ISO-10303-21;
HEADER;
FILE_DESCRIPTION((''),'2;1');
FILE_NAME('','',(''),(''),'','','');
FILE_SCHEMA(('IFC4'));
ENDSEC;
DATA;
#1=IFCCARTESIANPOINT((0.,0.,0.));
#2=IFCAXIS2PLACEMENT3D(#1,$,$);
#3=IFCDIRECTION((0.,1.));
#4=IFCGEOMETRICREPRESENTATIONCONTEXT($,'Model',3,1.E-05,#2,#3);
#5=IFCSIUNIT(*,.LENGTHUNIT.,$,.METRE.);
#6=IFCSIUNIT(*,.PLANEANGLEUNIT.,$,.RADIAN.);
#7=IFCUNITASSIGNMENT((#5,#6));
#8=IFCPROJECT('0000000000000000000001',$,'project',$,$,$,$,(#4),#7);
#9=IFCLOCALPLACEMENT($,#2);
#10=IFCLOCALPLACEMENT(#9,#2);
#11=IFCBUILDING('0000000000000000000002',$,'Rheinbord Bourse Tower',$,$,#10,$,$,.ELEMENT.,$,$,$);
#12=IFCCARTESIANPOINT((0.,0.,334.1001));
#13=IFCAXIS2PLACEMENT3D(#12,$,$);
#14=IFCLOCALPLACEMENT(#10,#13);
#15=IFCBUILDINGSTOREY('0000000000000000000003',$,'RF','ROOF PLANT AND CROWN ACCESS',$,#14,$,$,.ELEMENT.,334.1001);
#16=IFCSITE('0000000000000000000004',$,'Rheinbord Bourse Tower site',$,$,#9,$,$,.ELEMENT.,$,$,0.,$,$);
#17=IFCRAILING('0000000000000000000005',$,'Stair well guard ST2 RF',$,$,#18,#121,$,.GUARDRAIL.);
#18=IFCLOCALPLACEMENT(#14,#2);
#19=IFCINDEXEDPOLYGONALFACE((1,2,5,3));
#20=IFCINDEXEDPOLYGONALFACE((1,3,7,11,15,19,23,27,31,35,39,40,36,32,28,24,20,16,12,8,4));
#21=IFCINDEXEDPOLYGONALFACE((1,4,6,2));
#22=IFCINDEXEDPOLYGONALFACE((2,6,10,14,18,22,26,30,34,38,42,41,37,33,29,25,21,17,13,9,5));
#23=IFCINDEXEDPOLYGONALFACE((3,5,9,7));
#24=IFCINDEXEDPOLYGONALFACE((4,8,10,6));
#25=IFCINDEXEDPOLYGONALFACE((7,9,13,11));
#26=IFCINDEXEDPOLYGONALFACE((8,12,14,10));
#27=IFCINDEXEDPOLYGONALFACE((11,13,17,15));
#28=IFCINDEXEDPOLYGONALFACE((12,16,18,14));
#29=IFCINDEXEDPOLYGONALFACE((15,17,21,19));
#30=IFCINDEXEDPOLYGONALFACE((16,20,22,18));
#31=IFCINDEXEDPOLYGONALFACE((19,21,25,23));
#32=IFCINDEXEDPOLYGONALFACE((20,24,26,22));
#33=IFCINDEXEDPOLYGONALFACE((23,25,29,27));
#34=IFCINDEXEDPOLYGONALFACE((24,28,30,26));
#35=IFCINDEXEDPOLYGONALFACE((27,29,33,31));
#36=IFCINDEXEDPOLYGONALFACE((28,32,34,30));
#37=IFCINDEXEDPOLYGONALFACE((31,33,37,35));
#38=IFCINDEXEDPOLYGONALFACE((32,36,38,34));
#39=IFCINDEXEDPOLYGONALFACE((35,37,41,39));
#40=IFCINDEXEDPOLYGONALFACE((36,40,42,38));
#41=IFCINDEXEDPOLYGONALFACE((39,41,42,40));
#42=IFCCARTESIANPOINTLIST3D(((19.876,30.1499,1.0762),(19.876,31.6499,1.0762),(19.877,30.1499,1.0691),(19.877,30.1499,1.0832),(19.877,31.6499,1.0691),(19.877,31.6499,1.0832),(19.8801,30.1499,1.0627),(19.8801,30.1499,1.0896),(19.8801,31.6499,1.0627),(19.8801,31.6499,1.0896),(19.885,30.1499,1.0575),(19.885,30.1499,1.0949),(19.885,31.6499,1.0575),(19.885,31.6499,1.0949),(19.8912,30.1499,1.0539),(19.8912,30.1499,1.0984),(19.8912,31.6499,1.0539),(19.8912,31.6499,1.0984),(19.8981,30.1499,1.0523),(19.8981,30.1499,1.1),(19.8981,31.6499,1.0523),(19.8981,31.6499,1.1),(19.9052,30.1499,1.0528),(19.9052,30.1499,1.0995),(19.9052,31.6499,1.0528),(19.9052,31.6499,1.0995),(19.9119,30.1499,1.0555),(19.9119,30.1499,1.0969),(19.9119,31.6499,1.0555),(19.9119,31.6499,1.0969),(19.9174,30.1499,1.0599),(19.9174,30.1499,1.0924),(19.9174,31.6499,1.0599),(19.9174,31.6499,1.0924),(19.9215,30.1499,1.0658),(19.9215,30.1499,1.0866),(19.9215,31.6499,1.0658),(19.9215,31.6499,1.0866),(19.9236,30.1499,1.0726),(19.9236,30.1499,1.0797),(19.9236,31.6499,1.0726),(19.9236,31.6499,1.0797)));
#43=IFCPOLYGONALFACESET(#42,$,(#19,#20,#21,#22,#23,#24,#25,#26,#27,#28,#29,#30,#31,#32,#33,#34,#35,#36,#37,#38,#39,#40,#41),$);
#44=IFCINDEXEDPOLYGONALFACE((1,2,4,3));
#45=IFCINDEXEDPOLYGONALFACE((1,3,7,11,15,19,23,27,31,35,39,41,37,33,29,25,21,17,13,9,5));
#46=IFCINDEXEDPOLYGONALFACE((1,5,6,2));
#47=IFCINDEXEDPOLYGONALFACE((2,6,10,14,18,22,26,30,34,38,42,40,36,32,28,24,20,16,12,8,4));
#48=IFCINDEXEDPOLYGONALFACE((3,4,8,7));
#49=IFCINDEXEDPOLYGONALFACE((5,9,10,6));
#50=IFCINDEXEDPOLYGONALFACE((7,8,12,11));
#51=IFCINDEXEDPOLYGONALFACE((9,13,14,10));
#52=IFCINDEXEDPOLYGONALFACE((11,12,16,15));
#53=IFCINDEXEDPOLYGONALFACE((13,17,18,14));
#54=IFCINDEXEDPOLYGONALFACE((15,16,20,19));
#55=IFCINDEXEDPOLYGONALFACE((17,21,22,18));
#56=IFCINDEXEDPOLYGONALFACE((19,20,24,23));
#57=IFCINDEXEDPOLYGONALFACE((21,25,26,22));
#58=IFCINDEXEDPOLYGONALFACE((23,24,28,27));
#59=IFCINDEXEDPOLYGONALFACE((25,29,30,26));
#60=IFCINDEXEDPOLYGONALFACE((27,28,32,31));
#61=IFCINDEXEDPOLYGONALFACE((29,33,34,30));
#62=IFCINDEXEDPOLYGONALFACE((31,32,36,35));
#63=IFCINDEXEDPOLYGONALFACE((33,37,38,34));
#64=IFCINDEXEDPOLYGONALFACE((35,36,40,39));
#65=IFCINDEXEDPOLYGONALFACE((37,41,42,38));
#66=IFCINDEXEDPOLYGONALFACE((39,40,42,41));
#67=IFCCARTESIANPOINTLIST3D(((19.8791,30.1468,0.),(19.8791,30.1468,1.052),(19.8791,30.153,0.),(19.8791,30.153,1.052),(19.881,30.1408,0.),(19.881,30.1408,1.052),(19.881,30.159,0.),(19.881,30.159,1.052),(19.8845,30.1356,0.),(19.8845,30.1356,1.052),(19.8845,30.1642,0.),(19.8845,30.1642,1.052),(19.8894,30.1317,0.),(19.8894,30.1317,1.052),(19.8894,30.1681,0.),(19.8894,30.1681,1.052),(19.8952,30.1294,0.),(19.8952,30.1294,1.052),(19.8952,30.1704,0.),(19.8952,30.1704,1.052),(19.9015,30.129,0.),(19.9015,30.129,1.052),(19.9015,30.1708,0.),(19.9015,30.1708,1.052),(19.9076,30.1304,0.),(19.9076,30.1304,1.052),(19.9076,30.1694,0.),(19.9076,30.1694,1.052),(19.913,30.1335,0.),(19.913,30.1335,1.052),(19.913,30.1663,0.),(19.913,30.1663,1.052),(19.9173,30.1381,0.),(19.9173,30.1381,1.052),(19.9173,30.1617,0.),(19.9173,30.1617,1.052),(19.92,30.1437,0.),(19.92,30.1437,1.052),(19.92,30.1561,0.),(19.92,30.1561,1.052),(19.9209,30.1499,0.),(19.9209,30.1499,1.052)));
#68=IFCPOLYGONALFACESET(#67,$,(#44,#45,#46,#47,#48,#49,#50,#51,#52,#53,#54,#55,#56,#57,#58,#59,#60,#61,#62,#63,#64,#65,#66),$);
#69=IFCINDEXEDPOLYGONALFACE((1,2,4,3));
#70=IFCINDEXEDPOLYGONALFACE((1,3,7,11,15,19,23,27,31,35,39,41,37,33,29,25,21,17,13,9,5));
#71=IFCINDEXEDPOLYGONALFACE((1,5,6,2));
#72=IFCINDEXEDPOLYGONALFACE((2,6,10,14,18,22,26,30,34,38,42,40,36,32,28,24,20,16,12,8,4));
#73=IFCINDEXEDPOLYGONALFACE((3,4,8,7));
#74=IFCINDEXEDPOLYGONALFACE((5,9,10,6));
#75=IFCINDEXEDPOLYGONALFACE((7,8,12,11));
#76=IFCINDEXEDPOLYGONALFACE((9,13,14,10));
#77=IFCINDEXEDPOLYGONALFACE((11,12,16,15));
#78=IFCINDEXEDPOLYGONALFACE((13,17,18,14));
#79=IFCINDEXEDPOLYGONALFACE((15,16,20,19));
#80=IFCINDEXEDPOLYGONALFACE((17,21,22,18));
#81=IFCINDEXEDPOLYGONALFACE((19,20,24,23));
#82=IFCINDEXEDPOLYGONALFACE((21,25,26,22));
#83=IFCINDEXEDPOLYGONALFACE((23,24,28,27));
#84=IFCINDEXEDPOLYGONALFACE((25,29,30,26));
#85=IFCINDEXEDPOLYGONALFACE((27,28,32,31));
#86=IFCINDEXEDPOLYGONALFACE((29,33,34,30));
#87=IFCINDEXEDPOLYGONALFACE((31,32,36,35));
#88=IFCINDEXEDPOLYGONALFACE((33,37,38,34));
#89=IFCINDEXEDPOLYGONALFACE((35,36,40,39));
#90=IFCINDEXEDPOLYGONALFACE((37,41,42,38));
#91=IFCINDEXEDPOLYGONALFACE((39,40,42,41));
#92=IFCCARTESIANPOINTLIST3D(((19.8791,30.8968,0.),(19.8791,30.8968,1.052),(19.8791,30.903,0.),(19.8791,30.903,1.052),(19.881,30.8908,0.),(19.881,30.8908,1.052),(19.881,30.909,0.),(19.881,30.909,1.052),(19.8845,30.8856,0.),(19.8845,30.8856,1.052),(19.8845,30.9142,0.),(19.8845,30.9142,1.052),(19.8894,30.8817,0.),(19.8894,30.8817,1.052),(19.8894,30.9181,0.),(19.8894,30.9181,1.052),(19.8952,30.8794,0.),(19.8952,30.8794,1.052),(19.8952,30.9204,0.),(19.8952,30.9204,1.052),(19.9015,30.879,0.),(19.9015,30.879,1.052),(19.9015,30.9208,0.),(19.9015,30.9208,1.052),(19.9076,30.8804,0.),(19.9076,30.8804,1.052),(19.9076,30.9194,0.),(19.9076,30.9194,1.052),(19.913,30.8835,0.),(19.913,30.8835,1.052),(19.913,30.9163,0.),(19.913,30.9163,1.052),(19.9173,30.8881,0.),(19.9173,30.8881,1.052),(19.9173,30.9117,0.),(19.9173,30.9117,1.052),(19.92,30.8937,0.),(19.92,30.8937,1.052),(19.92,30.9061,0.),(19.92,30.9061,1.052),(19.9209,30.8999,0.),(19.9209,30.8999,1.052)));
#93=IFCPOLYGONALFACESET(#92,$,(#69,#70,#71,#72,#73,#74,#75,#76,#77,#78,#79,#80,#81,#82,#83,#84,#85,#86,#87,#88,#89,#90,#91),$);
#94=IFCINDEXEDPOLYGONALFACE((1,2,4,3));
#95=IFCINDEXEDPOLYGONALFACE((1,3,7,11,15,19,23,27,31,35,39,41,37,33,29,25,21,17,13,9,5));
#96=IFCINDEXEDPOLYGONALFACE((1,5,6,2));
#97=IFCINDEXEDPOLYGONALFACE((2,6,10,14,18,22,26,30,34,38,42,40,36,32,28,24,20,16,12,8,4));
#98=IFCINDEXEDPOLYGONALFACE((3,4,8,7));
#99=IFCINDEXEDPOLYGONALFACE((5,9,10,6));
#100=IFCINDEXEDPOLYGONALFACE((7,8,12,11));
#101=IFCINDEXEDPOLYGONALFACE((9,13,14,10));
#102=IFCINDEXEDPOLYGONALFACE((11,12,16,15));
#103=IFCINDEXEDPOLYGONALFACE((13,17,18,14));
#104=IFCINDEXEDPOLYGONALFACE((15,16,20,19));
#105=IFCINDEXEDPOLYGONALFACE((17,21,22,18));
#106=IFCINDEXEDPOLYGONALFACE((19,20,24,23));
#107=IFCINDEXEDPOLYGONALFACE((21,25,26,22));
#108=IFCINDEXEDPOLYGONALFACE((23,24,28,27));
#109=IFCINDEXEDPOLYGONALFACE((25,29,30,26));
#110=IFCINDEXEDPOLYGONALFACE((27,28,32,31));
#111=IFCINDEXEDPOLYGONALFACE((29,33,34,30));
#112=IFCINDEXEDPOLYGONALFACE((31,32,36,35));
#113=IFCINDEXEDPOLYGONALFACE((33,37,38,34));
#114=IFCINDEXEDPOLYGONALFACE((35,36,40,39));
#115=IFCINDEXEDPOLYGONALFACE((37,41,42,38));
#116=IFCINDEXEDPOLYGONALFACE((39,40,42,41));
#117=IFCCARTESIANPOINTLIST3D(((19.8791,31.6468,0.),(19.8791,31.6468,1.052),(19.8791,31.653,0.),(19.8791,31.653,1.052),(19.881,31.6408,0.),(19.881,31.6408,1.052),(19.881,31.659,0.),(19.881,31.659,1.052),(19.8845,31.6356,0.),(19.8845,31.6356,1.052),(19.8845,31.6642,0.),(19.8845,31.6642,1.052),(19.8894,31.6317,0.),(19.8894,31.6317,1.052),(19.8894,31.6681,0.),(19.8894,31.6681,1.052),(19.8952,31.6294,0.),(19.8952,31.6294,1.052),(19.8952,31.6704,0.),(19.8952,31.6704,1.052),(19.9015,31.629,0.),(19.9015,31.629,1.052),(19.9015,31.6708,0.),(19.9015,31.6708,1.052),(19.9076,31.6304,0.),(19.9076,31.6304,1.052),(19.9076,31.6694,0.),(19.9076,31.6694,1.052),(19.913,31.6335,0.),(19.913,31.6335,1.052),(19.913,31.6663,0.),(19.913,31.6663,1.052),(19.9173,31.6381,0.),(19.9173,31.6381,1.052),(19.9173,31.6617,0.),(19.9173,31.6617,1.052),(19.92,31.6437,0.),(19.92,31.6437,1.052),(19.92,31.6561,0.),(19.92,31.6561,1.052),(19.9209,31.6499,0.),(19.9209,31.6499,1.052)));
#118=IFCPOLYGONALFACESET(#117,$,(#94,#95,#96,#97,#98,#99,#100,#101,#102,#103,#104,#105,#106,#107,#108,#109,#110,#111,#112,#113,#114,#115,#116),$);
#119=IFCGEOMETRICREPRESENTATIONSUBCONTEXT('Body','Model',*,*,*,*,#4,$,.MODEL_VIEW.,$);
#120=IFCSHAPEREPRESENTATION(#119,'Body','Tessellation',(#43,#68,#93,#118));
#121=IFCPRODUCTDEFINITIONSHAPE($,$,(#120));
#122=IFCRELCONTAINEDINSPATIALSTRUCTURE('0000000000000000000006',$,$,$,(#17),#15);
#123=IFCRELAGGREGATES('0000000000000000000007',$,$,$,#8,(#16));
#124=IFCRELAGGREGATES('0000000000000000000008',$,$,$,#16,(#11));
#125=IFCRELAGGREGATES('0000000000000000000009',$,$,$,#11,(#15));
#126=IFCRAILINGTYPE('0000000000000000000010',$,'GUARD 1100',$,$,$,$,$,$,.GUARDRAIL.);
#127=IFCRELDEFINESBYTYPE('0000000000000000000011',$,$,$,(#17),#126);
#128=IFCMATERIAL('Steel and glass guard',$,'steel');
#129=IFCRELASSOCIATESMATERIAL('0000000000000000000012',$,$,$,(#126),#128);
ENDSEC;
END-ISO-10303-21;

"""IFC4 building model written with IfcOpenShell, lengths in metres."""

from ifc_helpers import new_model, si_unit, direction, frame, origin, origin_2d, place, context, subcontext, project, spatial, circle, extrude, material, type_object, element, save


model = new_model("IFC4")

# Units and contexts
model_context = context("Model", 3, precision=1e-05, world=origin(), true_north=direction((0.0, 1.0)))
body_context = subcontext(model_context, "Body", "Model", "MODEL_VIEW")
ifc_project = project(units=[si_unit("LENGTHUNIT", "METRE"), si_unit("PLANEANGLEUNIT", "RADIAN")], contexts=[model_context])

# Site, building, storey
site_placement = place(None, origin())
site = spatial("IfcSite", under=ifc_project, at=site_placement, Name="Rheinbord Bourse Tower site", CompositionType="ELEMENT", RefElevation=0.0)
building_placement = place(site_placement, origin())
building = spatial("IfcBuilding", under=site, at=building_placement, Name="Rheinbord Bourse Tower", CompositionType="ELEMENT")
storey_placement = place(building_placement, frame((0.0, 0.0, 334.1001)))
storey = spatial("IfcBuildingStorey", under=building, at=storey_placement, Name="RF", Description="ROOF PLANT AND CROWN ACCESS", CompositionType="ELEMENT", Elevation=334.1001)

# Railing
ifc_material_1 = material(Name="Steel and glass guard", Category="steel")
railing_type = type_object("IfcRailingType", Name="GUARD 1100", PredefinedType="GUARDRAIL", material=ifc_material_1)
for number, where, name in (
    (1, (19.8999, 30.1499, 0.0), "Stair well guard ST2 RF"),
):
    element("IfcRailing", number, at=place(storey_placement, frame(where)), inside=storey, type_object=railing_type, Name=name, PredefinedType="GUARDRAIL", context=body_context, shape_type="SweptSolid", body=[
        extrude(circle(Radius=0.0239, at=origin_2d()), frame((0.0, 0.0, 1.0762), z_axis=(0.0, 1.0, 0.0), x_axis=(-1.0, 0.0, 0.0)), (0.0, 0.0, 1.0), 1.5),
        extrude(circle(Radius=0.021, at=origin_2d()), origin(), (0.0, 0.0, 1.0), 1.052),
        extrude(circle(Radius=0.021, at=origin_2d()), frame((0.0, 0.75, 0.0)), (0.0, 0.0, 1.0), 1.052),
        extrude(circle(Radius=0.021, at=origin_2d()), frame((0.0, 1.5, 0.0)), (0.0, 0.0, 1.0), 1.052),
    ])

save(model, "model.ifc")
